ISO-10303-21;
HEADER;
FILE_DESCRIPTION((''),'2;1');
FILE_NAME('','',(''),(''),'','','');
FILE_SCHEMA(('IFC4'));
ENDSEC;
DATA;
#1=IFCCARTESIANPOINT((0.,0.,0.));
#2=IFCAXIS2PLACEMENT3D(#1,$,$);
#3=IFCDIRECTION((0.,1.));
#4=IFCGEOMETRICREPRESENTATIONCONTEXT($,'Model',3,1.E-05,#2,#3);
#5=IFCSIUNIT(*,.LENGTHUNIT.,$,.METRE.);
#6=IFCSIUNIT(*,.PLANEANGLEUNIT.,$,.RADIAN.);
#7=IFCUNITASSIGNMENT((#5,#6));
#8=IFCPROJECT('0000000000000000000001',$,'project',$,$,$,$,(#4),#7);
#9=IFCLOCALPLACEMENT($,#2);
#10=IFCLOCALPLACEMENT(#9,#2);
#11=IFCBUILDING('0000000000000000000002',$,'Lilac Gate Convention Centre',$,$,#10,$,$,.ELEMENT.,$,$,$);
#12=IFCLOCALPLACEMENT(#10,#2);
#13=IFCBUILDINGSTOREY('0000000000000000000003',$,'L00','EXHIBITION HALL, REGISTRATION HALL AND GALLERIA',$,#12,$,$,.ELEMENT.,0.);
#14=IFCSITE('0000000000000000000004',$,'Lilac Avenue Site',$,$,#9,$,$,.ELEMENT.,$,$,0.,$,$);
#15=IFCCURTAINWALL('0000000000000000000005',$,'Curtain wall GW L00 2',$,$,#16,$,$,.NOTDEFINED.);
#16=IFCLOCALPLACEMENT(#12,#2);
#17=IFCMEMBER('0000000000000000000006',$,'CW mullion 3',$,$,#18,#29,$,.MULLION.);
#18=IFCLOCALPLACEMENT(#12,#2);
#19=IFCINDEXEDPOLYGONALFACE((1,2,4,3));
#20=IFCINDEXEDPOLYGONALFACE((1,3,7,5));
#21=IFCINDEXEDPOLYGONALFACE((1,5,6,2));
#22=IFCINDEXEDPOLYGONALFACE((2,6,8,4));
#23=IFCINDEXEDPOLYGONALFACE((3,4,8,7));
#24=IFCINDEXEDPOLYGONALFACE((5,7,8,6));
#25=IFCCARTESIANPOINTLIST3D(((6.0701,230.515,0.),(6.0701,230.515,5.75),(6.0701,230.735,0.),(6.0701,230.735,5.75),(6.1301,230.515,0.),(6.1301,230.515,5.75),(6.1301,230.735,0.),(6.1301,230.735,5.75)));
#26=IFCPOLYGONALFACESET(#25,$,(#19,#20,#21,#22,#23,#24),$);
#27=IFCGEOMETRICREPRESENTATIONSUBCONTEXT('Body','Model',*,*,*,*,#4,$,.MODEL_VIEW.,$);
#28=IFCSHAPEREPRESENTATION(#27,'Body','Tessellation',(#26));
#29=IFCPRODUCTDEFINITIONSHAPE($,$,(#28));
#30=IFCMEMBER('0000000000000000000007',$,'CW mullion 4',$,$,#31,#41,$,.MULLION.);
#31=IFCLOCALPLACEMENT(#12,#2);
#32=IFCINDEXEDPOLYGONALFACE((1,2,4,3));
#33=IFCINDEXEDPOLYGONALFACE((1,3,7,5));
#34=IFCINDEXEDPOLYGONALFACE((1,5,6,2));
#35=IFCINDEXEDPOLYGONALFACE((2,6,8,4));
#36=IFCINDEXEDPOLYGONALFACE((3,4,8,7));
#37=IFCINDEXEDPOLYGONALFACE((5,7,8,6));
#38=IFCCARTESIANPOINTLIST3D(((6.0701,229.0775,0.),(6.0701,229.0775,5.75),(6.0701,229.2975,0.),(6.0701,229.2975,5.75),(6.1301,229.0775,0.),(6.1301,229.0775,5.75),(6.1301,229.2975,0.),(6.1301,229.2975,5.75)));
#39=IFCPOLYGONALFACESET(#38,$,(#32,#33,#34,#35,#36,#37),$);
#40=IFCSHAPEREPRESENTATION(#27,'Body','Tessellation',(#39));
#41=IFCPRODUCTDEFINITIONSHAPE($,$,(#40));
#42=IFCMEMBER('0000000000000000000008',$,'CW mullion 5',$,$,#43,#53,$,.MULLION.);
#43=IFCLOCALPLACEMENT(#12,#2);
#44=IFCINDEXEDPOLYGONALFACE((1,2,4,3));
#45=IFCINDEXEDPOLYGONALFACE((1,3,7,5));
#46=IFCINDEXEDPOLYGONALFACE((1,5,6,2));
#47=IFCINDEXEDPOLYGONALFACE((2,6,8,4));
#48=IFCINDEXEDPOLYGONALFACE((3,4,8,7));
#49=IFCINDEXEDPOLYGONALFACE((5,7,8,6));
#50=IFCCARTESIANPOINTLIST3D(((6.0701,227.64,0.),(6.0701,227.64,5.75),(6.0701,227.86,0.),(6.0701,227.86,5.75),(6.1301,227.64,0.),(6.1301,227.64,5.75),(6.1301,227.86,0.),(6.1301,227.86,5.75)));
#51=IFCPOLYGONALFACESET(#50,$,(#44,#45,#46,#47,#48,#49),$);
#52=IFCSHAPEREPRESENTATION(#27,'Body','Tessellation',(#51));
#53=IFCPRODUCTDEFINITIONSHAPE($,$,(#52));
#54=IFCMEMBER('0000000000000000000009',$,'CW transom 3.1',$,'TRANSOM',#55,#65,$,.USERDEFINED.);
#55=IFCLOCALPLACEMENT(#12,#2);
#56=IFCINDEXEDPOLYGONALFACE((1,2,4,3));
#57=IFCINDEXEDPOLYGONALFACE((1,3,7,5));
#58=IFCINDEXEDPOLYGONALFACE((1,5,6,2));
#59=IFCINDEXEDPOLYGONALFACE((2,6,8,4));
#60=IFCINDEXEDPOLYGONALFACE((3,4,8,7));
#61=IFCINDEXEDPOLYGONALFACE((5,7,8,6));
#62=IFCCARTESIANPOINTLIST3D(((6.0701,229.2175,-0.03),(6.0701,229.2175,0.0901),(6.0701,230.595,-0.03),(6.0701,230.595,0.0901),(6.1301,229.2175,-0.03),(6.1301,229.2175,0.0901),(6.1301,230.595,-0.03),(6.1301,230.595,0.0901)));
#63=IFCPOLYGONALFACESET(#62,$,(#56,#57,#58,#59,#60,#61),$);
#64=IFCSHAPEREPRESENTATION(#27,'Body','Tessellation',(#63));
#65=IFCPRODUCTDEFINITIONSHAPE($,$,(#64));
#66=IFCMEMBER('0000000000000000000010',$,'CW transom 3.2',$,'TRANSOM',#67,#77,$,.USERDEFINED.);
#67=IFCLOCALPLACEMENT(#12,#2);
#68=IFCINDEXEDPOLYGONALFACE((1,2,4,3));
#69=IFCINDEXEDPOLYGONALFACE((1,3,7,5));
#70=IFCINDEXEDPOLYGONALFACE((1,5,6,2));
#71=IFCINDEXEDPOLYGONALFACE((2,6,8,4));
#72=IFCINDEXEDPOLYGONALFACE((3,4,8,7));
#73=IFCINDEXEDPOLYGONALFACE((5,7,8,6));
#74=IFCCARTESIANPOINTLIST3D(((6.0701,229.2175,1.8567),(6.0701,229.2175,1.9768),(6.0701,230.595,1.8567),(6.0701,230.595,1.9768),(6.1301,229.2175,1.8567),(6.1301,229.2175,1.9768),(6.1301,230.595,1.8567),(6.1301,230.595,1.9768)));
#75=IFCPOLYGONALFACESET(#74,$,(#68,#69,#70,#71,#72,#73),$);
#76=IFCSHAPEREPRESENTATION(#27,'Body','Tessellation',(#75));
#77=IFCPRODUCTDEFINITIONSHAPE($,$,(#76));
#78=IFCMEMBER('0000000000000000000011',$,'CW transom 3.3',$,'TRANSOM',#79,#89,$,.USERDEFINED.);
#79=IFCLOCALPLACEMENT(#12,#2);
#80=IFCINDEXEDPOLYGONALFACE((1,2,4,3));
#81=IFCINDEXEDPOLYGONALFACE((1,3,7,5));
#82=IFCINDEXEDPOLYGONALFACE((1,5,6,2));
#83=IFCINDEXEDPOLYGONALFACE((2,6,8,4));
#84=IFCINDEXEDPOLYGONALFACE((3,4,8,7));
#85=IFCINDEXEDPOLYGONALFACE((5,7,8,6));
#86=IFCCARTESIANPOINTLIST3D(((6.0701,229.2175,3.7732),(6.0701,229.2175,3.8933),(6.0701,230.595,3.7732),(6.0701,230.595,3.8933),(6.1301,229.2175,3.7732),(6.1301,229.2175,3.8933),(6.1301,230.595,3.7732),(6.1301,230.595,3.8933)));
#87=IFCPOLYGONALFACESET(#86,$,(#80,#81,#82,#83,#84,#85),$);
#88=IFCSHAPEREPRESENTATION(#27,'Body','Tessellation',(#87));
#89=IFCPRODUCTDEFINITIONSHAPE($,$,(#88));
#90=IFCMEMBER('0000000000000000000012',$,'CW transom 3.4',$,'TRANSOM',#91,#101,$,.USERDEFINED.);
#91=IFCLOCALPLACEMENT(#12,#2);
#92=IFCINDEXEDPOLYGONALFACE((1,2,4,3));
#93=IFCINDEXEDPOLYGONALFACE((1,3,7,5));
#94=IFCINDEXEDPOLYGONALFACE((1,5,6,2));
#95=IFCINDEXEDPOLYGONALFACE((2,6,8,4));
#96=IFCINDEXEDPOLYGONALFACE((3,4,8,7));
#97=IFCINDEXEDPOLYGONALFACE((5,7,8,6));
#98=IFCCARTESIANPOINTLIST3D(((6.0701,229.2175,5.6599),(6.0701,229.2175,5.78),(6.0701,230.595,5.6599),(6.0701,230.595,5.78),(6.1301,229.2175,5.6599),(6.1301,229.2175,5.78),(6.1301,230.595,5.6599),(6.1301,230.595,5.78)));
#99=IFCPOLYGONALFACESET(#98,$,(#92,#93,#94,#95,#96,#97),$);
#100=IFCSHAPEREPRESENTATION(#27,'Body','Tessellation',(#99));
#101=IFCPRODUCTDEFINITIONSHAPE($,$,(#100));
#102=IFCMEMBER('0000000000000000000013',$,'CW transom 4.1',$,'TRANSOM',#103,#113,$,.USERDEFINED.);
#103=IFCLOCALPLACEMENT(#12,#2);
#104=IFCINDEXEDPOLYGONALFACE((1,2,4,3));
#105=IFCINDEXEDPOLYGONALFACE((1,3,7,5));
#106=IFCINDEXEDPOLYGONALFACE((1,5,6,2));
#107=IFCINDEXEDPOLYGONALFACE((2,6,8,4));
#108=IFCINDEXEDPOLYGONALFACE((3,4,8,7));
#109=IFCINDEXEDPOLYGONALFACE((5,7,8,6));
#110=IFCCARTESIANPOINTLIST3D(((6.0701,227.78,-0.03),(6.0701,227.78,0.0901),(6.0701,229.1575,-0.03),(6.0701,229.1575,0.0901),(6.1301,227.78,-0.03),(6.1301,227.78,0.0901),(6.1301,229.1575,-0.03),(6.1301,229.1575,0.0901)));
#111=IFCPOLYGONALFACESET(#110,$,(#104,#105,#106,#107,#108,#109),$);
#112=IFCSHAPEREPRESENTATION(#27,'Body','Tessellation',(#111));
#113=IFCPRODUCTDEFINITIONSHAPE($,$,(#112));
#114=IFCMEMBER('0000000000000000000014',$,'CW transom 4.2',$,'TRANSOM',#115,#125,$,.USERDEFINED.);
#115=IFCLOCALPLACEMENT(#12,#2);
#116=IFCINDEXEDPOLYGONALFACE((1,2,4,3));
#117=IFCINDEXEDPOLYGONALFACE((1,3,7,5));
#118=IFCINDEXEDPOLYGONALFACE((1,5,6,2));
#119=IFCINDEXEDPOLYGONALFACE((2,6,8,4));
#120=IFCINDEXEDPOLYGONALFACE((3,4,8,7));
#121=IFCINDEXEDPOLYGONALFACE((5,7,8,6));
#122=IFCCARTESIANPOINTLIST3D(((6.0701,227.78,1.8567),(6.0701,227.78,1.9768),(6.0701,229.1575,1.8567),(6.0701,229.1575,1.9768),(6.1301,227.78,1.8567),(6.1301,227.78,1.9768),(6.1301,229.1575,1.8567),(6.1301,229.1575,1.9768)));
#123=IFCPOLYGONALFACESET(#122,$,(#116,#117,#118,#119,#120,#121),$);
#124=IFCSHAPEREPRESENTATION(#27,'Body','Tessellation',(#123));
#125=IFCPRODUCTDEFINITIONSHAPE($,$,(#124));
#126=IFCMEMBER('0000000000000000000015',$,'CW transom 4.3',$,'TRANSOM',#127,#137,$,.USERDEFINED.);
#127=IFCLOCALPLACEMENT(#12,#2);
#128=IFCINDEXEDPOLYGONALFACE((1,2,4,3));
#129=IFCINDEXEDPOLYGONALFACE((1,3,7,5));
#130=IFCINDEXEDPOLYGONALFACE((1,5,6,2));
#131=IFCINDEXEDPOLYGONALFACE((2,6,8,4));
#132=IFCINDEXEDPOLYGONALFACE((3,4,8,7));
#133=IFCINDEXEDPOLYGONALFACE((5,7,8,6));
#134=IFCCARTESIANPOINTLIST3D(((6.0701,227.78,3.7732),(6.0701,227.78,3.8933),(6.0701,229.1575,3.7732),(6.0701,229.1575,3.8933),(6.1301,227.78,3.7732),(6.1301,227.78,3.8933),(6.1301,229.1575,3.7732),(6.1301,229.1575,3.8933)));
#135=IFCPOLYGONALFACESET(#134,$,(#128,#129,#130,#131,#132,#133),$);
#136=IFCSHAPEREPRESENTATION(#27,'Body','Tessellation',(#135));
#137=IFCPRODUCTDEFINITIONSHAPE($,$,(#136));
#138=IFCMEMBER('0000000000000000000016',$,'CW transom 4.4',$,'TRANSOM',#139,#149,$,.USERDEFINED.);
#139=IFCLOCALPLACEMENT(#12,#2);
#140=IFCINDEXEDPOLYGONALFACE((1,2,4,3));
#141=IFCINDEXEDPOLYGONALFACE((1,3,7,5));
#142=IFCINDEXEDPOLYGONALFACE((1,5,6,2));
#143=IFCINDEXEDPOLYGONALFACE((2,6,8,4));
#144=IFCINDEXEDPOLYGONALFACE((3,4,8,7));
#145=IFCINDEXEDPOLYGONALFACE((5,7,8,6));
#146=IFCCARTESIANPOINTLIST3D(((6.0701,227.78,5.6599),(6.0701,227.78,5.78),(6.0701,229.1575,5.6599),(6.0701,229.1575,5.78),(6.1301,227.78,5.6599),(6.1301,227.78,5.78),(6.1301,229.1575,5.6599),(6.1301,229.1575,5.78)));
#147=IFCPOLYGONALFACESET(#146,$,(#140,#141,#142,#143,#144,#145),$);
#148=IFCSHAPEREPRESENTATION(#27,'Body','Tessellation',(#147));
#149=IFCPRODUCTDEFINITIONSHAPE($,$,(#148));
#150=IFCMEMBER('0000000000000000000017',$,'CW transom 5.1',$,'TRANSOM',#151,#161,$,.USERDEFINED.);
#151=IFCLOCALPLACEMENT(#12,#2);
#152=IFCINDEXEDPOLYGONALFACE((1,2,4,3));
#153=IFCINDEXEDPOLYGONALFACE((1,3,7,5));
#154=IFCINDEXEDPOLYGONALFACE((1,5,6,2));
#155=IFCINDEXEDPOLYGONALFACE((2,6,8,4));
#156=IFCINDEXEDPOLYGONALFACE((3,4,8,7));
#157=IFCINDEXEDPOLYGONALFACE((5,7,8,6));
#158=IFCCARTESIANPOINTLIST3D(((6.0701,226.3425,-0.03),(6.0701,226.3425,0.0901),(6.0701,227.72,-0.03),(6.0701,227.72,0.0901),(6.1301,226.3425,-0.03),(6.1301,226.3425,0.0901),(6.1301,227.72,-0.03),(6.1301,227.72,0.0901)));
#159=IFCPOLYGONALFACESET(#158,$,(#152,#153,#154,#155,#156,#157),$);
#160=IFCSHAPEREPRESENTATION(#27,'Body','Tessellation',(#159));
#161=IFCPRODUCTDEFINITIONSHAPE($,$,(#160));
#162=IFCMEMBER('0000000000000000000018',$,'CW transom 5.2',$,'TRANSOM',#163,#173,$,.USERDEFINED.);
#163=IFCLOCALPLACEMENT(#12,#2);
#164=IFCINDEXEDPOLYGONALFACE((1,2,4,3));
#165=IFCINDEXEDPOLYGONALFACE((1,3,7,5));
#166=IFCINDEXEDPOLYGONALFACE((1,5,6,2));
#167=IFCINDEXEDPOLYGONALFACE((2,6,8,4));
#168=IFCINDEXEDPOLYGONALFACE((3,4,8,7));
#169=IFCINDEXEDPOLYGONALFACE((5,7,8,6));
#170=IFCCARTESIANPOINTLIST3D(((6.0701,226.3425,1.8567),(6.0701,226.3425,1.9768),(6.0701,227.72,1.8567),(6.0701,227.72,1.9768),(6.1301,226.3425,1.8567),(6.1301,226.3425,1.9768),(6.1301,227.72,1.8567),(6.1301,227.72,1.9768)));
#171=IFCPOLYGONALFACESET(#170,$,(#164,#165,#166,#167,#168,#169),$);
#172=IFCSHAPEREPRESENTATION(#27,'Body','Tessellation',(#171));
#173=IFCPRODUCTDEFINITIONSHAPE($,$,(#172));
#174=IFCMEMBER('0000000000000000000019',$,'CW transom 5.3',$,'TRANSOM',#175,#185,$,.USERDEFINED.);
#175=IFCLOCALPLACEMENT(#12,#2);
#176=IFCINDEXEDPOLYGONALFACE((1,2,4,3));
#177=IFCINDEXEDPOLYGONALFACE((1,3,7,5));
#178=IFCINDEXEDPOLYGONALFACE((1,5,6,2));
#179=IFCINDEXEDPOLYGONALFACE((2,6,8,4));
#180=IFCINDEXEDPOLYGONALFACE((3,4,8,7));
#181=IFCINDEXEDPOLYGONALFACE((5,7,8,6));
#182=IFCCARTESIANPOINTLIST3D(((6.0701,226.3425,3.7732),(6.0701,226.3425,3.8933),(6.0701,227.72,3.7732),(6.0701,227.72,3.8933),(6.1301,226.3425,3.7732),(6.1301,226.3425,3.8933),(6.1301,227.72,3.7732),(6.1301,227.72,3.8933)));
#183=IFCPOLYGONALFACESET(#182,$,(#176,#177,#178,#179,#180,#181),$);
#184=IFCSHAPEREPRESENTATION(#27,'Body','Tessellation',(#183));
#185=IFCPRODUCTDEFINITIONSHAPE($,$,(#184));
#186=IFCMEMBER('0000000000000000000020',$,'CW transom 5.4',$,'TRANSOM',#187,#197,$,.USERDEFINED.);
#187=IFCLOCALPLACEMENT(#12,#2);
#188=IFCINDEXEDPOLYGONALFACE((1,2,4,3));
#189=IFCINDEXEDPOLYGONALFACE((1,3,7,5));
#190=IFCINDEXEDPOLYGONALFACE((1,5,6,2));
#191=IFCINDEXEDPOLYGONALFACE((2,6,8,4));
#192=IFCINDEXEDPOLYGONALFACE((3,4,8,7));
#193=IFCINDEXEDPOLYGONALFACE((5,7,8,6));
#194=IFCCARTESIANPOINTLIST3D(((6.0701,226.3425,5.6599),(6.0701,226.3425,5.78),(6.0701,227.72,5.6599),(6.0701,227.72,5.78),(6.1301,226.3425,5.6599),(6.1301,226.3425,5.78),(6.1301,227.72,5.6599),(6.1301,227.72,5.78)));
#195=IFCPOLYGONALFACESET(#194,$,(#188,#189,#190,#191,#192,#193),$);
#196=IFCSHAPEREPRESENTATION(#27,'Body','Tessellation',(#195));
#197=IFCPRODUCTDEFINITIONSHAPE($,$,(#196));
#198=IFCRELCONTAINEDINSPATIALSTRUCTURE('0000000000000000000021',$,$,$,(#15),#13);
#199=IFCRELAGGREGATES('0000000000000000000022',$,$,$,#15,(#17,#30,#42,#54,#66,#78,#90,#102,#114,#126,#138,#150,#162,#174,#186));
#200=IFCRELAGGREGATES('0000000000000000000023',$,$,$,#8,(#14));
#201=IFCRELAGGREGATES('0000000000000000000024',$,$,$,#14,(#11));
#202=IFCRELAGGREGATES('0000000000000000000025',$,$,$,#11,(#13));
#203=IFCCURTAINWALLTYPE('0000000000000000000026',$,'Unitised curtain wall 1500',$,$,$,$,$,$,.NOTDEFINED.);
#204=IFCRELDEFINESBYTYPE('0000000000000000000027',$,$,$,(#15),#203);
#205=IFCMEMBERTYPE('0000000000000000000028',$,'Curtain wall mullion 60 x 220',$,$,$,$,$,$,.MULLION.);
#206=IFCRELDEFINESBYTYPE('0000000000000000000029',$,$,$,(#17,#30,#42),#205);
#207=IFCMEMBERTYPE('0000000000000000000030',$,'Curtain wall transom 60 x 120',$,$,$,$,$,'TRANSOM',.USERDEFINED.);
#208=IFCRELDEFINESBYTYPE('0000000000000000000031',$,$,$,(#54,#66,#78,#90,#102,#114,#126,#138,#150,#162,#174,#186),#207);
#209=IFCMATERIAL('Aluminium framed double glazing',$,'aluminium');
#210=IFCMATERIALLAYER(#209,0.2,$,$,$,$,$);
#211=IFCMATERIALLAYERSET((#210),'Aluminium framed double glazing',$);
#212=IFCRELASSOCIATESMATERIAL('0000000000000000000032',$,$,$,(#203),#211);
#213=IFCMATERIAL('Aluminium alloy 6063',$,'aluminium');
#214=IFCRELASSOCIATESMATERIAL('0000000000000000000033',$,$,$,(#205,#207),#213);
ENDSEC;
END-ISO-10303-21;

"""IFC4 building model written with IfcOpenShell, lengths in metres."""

from ifc_helpers import new_model, si_unit, direction, frame, origin, origin_2d, place, context, subcontext, project, spatial, rectangle, extrude, material, layer, layer_set, material_profile, profile_set, type_object, element, aggregate, save


model = new_model("IFC4")

# Units and contexts
model_context = context("Model", 3, precision=1e-05, world=origin(), true_north=direction((0.0, 1.0)))
body_context = subcontext(model_context, "Body", "Model", "MODEL_VIEW")
ifc_project = project(units=[si_unit("LENGTHUNIT", "METRE"), si_unit("PLANEANGLEUNIT", "RADIAN")], contexts=[model_context])

# Site, building, storey
site_placement = place(None, origin())
site = spatial("IfcSite", under=ifc_project, at=site_placement, Name="Lilac Avenue Site", CompositionType="ELEMENT", RefElevation=0.0)
building_placement = place(site_placement, origin())
building = spatial("IfcBuilding", under=site, at=building_placement, Name="Lilac Gate Convention Centre", CompositionType="ELEMENT")
storey_placement = place(building_placement, origin())
storey = spatial("IfcBuildingStorey", under=building, at=storey_placement, Name="L00", Description="EXHIBITION HALL, REGISTRATION HALL AND GALLERIA", CompositionType="ELEMENT", Elevation=0.0)

# Curtain wall, members
ifc_material_1 = material(Name="Aluminium framed double glazing", Category="aluminium")
ifc_layer_1 = layer(ifc_material_1, 0.2)
ifc_layer_set_1 = layer_set([ifc_layer_1], Name="Aluminium framed double glazing")
curtain_wall_type = type_object("IfcCurtainWallType", Name="Unitised curtain wall 1500", PredefinedType="NOTDEFINED", material=ifc_layer_set_1)
curtain_wall_placement = place(storey_placement, origin())
curtain_wall = element("IfcCurtainWall", 1, at=curtain_wall_placement, inside=storey, type_object=curtain_wall_type, Name="Curtain wall GW L00 2", PredefinedType="NOTDEFINED")
ifc_material_2 = material(Name="Aluminium alloy 6063", Category="aluminium")
ifc_material_profile_1 = material_profile(ifc_material_2, rectangle(XDim=0.0601, YDim=0.22, at=origin_2d()), Name="Curtain wall mullion 60 x 220")
ifc_profile_set_1 = profile_set([ifc_material_profile_1], Name="Aluminium alloy 6063")
member_type_1 = type_object("IfcMemberType", Name="Curtain wall mullion 60 x 220", PredefinedType="MULLION", material=ifc_profile_set_1)
member_1_placement = place(storey_placement, frame((6.1001, 230.625, 0.0), z_axis=(0.0, 0.0, 1.0), x_axis=(1.0, 0.0, 0.0)))
member_1 = element("IfcMember", 2, at=member_1_placement, type_object=member_type_1, Name="CW mullion 3", PredefinedType="MULLION", context=body_context, shape_type="SweptSolid", body=[
    extrude(rectangle(XDim=0.0601, YDim=0.22, at=origin_2d()), origin(), (0.0, 0.0, 1.0), 5.75),
])
member_2_placement = place(storey_placement, frame((6.1001, 229.1875, 0.0), z_axis=(0.0, 0.0, 1.0), x_axis=(1.0, 0.0, 0.0)))
member_2 = element("IfcMember", 3, at=member_2_placement, type_object=member_type_1, Name="CW mullion 4", PredefinedType="MULLION", context=body_context, shape_type="SweptSolid", body=[
    extrude(rectangle(XDim=0.0601, YDim=0.22, at=origin_2d()), origin(), (0.0, 0.0, 1.0), 5.75),
])
member_3_placement = place(storey_placement, frame((6.1001, 227.75, 0.0), z_axis=(0.0, 0.0, 1.0), x_axis=(1.0, 0.0, 0.0)))
member_3 = element("IfcMember", 4, at=member_3_placement, type_object=member_type_1, Name="CW mullion 5", PredefinedType="MULLION", context=body_context, shape_type="SweptSolid", body=[
    extrude(rectangle(XDim=0.0601, YDim=0.22, at=origin_2d()), origin(), (0.0, 0.0, 1.0), 5.75),
])
ifc_material_profile_2 = material_profile(ifc_material_2, rectangle(XDim=0.0601, YDim=0.1201, at=origin_2d()), Name="Curtain wall transom 60 x 120")
ifc_profile_set_2 = profile_set([ifc_material_profile_2], Name="Aluminium alloy 6063")
member_type_2 = type_object("IfcMemberType", Name="Curtain wall transom 60 x 120", ElementType="TRANSOM", PredefinedType="USERDEFINED", material=ifc_profile_set_2)
member_4_placement = place(storey_placement, frame((6.1001, 230.595, 0.03), z_axis=(0.0, -1.0, 0.0), x_axis=(1.0, 0.0, 0.0)))
member_4 = element("IfcMember", 5, at=member_4_placement, type_object=member_type_2, Name="CW transom 3.1", ObjectType="TRANSOM", PredefinedType="USERDEFINED", context=body_context, shape_type="SweptSolid", body=[
    extrude(rectangle(XDim=0.0601, YDim=0.1201, at=origin_2d()), origin(), (0.0, 0.0, 1.0), 1.3774),
])
member_5_placement = place(storey_placement, frame((6.1001, 230.595, 1.9167), z_axis=(0.0, -1.0, 0.0), x_axis=(1.0, 0.0, 0.0)))
member_5 = element("IfcMember", 6, at=member_5_placement, type_object=member_type_2, Name="CW transom 3.2", ObjectType="TRANSOM", PredefinedType="USERDEFINED", context=body_context, shape_type="SweptSolid", body=[
    extrude(rectangle(XDim=0.0601, YDim=0.1201, at=origin_2d()), origin(), (0.0, 0.0, 1.0), 1.3774),
])
member_6_placement = place(storey_placement, frame((6.1001, 230.595, 3.8333), z_axis=(0.0, -1.0, 0.0), x_axis=(1.0, 0.0, 0.0)))
member_6 = element("IfcMember", 7, at=member_6_placement, type_object=member_type_2, Name="CW transom 3.3", ObjectType="TRANSOM", PredefinedType="USERDEFINED", context=body_context, shape_type="SweptSolid", body=[
    extrude(rectangle(XDim=0.0601, YDim=0.1201, at=origin_2d()), origin(), (0.0, 0.0, 1.0), 1.3774),
])
member_7_placement = place(storey_placement, frame((6.1001, 230.595, 5.72), z_axis=(0.0, -1.0, 0.0), x_axis=(1.0, 0.0, 0.0)))
member_7 = element("IfcMember", 8, at=member_7_placement, type_object=member_type_2, Name="CW transom 3.4", ObjectType="TRANSOM", PredefinedType="USERDEFINED", context=body_context, shape_type="SweptSolid", body=[
    extrude(rectangle(XDim=0.0601, YDim=0.1201, at=origin_2d()), origin(), (0.0, 0.0, 1.0), 1.3774),
])
member_8_placement = place(storey_placement, frame((6.1001, 229.1575, 0.03), z_axis=(0.0, -1.0, 0.0), x_axis=(1.0, 0.0, 0.0)))
member_8 = element("IfcMember", 9, at=member_8_placement, type_object=member_type_2, Name="CW transom 4.1", ObjectType="TRANSOM", PredefinedType="USERDEFINED", context=body_context, shape_type="SweptSolid", body=[
    extrude(rectangle(XDim=0.0601, YDim=0.1201, at=origin_2d()), origin(), (0.0, 0.0, 1.0), 1.3774),
])
member_9_placement = place(storey_placement, frame((6.1001, 229.1575, 1.9167), z_axis=(0.0, -1.0, 0.0), x_axis=(1.0, 0.0, 0.0)))
member_9 = element("IfcMember", 10, at=member_9_placement, type_object=member_type_2, Name="CW transom 4.2", ObjectType="TRANSOM", PredefinedType="USERDEFINED", context=body_context, shape_type="SweptSolid", body=[
    extrude(rectangle(XDim=0.0601, YDim=0.1201, at=origin_2d()), origin(), (0.0, 0.0, 1.0), 1.3774),
])
member_10_placement = place(storey_placement, frame((6.1001, 229.1575, 3.8333), z_axis=(0.0, -1.0, 0.0), x_axis=(1.0, 0.0, 0.0)))
member_10 = element("IfcMember", 11, at=member_10_placement, type_object=member_type_2, Name="CW transom 4.3", ObjectType="TRANSOM", PredefinedType="USERDEFINED", context=body_context, shape_type="SweptSolid", body=[
    extrude(rectangle(XDim=0.0601, YDim=0.1201, at=origin_2d()), origin(), (0.0, 0.0, 1.0), 1.3774),
])
member_11_placement = place(storey_placement, frame((6.1001, 229.1575, 5.72), z_axis=(0.0, -1.0, 0.0), x_axis=(1.0, 0.0, 0.0)))
member_11 = element("IfcMember", 12, at=member_11_placement, type_object=member_type_2, Name="CW transom 4.4", ObjectType="TRANSOM", PredefinedType="USERDEFINED", context=body_context, shape_type="SweptSolid", body=[
    extrude(rectangle(XDim=0.0601, YDim=0.1201, at=origin_2d()), origin(), (0.0, 0.0, 1.0), 1.3774),
])
member_12_placement = place(storey_placement, frame((6.1001, 227.72, 0.03), z_axis=(0.0, -1.0, 0.0), x_axis=(1.0, 0.0, 0.0)))
member_12 = element("IfcMember", 13, at=member_12_placement, type_object=member_type_2, Name="CW transom 5.1", ObjectType="TRANSOM", PredefinedType="USERDEFINED", context=body_context, shape_type="SweptSolid", body=[
    extrude(rectangle(XDim=0.0601, YDim=0.1201, at=origin_2d()), origin(), (0.0, 0.0, 1.0), 1.3774),
])
member_13_placement = place(storey_placement, frame((6.1001, 227.72, 1.9167), z_axis=(0.0, -1.0, 0.0), x_axis=(1.0, 0.0, 0.0)))
member_13 = element("IfcMember", 14, at=member_13_placement, type_object=member_type_2, Name="CW transom 5.2", ObjectType="TRANSOM", PredefinedType="USERDEFINED", context=body_context, shape_type="SweptSolid", body=[
    extrude(rectangle(XDim=0.0601, YDim=0.1201, at=origin_2d()), origin(), (0.0, 0.0, 1.0), 1.3774),
])
member_14_placement = place(storey_placement, frame((6.1001, 227.72, 3.8333), z_axis=(0.0, -1.0, 0.0), x_axis=(1.0, 0.0, 0.0)))
member_14 = element("IfcMember", 15, at=member_14_placement, type_object=member_type_2, Name="CW transom 5.3", ObjectType="TRANSOM", PredefinedType="USERDEFINED", context=body_context, shape_type="SweptSolid", body=[
    extrude(rectangle(XDim=0.0601, YDim=0.1201, at=origin_2d()), origin(), (0.0, 0.0, 1.0), 1.3774),
])
member_15_placement = place(storey_placement, frame((6.1001, 227.72, 5.72), z_axis=(0.0, -1.0, 0.0), x_axis=(1.0, 0.0, 0.0)))
member_15 = element("IfcMember", 16, at=member_15_placement, type_object=member_type_2, Name="CW transom 5.4", ObjectType="TRANSOM", PredefinedType="USERDEFINED", context=body_context, shape_type="SweptSolid", body=[
    extrude(rectangle(XDim=0.0601, YDim=0.1201, at=origin_2d()), origin(), (0.0, 0.0, 1.0), 1.3774),
])

aggregate(curtain_wall, [member_1, member_2, member_3, member_4, member_5, member_6, member_7, member_8, member_9, member_10, member_11, member_12, member_13, member_14, member_15])

save(model, "model.ifc")
